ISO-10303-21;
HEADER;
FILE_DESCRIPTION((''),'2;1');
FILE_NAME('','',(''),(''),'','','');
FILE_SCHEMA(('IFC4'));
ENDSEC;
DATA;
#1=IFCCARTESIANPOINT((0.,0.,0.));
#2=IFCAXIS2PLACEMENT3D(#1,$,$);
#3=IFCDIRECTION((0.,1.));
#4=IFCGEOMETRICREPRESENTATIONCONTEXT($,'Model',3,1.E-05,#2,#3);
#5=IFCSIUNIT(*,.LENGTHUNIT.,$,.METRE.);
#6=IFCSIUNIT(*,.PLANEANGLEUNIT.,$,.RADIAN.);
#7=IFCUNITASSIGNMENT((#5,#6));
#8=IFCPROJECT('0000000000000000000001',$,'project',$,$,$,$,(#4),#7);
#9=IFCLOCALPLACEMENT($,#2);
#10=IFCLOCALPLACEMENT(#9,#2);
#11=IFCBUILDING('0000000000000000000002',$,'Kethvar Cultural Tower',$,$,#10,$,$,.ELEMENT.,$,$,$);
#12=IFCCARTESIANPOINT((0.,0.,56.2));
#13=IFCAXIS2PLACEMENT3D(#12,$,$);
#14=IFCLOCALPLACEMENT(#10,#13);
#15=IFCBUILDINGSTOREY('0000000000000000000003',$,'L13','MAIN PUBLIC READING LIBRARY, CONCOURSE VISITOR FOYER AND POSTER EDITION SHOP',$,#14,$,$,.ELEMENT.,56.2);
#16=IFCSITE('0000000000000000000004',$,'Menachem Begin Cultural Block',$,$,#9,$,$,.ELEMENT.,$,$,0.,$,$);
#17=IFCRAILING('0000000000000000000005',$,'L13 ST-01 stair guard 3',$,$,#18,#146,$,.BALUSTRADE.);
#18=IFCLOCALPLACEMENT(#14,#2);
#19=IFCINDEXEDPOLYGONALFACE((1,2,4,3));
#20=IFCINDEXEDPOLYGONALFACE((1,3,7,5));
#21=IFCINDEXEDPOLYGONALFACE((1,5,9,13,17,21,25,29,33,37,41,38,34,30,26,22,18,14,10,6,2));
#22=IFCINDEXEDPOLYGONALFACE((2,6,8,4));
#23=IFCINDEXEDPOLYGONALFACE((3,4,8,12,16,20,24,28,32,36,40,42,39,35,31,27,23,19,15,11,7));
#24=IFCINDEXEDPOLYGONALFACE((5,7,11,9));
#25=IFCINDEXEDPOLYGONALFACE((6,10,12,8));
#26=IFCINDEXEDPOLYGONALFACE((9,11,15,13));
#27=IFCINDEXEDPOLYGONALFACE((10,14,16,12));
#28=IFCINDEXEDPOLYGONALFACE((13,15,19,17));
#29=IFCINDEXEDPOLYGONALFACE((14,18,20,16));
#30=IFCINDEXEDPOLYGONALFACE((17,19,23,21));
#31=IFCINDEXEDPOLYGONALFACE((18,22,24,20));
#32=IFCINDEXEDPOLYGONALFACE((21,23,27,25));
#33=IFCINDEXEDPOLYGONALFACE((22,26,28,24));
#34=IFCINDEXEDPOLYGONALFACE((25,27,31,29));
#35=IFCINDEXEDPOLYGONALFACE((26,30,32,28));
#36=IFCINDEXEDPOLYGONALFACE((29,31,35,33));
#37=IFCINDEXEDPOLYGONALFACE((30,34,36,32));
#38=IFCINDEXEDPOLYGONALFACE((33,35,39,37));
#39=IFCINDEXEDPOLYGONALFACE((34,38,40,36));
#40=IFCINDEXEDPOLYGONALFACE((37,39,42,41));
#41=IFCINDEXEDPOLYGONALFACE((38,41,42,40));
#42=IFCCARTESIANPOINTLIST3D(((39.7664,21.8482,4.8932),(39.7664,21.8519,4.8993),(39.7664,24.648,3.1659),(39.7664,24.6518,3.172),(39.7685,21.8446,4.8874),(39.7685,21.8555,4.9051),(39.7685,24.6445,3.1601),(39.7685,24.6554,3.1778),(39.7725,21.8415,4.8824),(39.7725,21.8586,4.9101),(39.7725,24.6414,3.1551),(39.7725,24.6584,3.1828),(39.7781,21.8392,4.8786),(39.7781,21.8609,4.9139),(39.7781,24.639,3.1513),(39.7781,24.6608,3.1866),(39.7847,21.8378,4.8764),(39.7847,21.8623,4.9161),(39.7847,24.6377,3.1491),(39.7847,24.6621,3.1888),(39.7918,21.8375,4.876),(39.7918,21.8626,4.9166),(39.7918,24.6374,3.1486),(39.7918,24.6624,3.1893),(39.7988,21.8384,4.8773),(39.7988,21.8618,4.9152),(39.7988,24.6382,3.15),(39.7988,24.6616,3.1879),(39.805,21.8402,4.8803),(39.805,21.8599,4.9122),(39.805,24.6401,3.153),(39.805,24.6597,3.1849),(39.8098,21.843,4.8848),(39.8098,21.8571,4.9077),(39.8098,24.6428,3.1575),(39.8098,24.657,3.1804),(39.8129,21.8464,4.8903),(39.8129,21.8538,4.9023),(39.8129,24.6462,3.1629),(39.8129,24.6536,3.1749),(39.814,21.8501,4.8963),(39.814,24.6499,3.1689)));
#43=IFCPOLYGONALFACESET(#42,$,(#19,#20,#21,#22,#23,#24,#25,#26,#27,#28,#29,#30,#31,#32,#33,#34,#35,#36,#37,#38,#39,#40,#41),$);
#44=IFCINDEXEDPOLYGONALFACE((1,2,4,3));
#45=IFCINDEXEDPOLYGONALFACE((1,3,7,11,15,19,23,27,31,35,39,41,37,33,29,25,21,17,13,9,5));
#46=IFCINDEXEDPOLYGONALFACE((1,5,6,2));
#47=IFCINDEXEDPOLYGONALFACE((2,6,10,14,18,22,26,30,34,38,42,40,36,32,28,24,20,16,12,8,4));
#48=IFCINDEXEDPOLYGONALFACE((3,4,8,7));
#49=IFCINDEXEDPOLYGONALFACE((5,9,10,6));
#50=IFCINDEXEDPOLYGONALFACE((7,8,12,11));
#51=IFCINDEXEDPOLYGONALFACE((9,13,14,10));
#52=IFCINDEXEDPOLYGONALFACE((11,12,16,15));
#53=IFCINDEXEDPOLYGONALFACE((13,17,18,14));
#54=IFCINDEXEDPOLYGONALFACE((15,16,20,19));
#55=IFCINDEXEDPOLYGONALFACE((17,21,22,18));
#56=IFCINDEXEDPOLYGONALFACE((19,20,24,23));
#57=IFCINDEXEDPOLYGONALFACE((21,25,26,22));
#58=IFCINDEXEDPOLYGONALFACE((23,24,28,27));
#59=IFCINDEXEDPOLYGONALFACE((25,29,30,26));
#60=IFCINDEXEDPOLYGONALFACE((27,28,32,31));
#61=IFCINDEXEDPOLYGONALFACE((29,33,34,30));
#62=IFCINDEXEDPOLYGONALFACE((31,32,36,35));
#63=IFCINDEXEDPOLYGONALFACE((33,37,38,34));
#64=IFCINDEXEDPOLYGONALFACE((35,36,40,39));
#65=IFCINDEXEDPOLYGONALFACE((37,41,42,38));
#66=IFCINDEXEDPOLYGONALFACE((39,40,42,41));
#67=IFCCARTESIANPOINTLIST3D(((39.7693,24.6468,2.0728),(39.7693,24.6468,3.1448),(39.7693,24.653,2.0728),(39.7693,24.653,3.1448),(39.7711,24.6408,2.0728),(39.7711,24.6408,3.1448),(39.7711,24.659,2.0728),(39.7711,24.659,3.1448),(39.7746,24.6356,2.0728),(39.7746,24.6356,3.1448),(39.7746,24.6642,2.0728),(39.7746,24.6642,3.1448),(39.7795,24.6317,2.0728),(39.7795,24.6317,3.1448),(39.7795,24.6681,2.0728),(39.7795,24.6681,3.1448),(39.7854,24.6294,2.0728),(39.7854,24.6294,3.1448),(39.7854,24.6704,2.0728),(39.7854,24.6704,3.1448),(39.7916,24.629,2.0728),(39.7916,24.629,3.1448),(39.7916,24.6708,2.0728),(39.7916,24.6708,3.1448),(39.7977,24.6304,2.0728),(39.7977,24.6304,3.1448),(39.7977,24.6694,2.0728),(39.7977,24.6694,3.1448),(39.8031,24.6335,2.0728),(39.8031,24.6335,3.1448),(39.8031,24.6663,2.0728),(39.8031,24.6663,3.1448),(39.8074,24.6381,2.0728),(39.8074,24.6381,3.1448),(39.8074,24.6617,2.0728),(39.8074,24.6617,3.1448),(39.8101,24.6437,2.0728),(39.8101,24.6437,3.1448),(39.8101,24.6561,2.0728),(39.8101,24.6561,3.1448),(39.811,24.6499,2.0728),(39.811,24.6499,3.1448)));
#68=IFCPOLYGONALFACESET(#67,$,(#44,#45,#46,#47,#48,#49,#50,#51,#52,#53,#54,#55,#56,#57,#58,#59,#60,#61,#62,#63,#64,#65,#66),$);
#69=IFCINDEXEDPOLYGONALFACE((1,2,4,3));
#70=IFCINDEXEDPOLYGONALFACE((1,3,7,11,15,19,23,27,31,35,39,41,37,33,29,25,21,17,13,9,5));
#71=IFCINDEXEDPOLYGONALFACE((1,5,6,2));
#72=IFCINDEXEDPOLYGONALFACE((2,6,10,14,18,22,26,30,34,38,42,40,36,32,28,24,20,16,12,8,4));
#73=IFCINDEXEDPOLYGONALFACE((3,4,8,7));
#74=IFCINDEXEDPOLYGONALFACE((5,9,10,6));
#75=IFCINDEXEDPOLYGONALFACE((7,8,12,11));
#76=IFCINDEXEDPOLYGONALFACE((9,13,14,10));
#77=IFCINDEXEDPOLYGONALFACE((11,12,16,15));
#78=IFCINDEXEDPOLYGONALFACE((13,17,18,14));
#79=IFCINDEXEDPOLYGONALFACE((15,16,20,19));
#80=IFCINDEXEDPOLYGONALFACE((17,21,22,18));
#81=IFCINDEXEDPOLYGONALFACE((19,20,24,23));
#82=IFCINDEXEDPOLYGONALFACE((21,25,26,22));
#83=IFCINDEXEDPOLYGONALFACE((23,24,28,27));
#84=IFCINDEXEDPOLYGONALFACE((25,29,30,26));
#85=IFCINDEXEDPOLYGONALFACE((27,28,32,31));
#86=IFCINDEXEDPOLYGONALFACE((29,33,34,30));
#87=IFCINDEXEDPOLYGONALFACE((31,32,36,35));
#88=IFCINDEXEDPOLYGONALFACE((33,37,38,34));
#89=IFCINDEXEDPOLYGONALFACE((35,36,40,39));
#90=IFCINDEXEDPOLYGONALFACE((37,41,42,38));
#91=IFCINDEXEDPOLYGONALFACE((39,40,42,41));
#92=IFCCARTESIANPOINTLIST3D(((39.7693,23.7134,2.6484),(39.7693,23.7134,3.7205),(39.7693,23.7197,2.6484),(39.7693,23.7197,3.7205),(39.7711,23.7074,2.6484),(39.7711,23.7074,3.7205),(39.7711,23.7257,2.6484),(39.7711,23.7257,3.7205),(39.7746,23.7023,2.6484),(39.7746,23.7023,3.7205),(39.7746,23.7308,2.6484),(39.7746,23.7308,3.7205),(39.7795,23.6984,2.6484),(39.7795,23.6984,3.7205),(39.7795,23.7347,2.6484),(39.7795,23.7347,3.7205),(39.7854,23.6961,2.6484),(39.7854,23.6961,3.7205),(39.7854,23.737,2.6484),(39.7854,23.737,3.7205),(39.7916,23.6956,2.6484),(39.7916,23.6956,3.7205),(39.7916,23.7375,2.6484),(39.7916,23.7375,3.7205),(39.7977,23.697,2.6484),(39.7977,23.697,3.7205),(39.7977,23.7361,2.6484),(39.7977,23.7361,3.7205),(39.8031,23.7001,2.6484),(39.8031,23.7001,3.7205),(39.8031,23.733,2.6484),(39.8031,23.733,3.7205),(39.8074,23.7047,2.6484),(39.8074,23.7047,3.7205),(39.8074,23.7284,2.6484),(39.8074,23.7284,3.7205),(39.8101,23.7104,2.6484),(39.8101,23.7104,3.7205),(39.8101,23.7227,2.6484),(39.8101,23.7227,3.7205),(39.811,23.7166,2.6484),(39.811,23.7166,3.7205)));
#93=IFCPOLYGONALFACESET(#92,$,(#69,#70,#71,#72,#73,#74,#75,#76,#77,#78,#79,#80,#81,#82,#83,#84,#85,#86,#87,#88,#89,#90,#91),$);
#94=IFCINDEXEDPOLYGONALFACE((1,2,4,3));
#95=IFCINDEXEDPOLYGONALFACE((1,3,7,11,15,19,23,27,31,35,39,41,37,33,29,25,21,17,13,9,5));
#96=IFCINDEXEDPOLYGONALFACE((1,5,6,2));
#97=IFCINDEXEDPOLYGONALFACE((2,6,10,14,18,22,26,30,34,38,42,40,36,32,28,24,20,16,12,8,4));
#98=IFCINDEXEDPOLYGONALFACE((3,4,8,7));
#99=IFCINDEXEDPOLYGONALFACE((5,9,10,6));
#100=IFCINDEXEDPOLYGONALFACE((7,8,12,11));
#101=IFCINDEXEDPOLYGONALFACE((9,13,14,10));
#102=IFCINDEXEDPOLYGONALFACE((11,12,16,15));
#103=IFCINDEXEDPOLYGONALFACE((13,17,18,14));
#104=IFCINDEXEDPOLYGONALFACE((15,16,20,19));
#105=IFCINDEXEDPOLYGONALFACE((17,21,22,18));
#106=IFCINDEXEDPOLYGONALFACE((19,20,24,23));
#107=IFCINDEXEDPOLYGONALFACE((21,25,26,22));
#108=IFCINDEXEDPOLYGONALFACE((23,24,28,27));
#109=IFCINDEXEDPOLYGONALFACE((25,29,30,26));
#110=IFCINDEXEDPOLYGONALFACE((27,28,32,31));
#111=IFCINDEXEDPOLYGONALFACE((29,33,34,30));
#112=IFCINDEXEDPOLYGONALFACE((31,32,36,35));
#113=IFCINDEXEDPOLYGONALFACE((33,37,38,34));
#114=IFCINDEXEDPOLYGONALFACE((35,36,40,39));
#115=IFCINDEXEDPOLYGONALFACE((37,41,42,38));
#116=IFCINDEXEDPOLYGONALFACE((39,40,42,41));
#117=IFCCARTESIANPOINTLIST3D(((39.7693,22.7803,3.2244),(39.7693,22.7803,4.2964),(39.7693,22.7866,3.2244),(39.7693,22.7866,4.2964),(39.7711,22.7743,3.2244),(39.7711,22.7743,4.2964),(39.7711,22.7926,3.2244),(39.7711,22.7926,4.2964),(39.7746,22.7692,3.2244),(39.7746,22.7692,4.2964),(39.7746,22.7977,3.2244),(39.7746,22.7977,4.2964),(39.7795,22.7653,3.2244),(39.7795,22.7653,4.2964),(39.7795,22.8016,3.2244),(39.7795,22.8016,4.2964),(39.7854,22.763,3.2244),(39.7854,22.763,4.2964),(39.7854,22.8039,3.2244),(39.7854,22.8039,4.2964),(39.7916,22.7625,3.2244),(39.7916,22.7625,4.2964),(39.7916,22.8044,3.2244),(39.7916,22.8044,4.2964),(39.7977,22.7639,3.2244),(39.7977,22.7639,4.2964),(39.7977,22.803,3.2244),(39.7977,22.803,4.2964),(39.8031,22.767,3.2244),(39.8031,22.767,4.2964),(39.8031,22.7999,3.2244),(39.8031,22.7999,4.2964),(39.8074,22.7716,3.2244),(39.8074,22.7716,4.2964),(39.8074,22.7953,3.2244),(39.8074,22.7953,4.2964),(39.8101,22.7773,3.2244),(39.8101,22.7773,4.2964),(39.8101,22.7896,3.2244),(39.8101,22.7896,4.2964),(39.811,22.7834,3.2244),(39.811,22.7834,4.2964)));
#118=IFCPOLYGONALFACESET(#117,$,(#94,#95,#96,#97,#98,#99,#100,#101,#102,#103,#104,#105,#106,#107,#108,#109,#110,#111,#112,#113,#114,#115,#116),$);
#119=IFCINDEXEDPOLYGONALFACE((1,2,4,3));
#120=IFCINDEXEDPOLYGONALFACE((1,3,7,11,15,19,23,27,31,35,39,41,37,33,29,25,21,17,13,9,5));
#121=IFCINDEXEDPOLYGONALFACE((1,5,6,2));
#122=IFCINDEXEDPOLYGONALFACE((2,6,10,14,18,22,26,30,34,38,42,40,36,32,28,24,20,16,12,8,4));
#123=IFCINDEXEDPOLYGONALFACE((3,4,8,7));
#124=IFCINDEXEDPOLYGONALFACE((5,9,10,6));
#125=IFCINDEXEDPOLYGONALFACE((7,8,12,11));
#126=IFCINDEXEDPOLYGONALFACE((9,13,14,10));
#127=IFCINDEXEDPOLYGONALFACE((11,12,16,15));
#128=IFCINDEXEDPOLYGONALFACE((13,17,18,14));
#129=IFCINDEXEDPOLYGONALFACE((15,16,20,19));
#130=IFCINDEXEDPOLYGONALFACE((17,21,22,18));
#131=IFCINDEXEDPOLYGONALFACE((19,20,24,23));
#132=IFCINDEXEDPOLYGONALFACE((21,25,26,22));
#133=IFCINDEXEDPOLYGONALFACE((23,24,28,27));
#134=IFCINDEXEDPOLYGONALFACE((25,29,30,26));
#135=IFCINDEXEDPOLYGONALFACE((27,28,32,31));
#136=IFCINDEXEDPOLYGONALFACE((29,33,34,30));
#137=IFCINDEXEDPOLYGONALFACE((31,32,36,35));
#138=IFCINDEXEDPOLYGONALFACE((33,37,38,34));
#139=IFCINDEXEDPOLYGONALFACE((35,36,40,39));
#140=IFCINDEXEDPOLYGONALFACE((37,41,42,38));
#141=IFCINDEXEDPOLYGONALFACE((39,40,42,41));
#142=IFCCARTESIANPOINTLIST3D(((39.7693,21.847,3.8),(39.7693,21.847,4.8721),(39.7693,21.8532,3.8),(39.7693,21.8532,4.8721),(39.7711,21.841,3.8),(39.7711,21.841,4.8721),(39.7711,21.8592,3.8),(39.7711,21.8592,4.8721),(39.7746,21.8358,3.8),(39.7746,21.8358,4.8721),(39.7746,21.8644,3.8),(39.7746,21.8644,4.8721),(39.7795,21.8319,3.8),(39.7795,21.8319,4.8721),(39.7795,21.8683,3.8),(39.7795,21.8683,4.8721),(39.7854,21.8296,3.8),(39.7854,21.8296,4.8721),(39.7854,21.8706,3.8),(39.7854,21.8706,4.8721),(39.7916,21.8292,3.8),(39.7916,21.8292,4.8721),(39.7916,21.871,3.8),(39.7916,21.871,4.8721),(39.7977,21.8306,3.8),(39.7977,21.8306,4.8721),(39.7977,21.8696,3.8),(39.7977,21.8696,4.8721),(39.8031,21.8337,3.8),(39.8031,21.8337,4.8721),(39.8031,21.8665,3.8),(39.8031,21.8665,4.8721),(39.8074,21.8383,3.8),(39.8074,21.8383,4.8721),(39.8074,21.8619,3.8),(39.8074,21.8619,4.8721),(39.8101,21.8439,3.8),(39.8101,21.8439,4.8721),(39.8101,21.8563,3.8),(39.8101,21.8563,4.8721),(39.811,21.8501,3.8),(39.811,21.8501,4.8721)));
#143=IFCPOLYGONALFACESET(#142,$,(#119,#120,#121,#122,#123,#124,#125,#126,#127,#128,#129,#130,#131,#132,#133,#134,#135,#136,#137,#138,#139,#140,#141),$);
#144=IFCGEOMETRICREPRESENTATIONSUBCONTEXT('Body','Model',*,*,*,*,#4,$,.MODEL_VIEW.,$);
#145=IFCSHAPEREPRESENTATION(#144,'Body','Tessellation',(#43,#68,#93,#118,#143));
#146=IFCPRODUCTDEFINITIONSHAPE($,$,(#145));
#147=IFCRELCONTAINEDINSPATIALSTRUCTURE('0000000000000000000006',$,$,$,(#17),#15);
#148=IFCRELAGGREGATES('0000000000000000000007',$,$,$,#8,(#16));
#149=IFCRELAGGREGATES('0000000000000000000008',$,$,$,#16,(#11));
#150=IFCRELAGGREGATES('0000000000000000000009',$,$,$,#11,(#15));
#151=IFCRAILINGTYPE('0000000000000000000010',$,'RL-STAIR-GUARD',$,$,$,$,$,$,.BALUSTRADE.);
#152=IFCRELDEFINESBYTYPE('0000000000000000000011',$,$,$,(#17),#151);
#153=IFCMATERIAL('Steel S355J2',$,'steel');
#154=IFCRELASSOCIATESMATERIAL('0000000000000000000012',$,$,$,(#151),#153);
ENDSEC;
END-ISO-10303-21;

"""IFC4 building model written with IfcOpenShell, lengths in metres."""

from ifc_helpers import new_model, si_unit, direction, frame, origin, origin_2d, place, context, subcontext, project, spatial, circle, extrude, material, type_object, element, save


model = new_model("IFC4")

# Units and contexts
model_context = context("Model", 3, precision=1e-05, world=origin(), true_north=direction((0.0, 1.0)))
body_context = subcontext(model_context, "Body", "Model", "MODEL_VIEW")
ifc_project = project(units=[si_unit("LENGTHUNIT", "METRE"), si_unit("PLANEANGLEUNIT", "RADIAN")], contexts=[model_context])

# Site, building, storey
site_placement = place(None, origin())
site = spatial("IfcSite", under=ifc_project, at=site_placement, Name="Menachem Begin Cultural Block", CompositionType="ELEMENT", RefElevation=0.0)
building_placement = place(site_placement, origin())
building = spatial("IfcBuilding", under=site, at=building_placement, Name="Kethvar Cultural Tower", CompositionType="ELEMENT")
storey_placement = place(building_placement, frame((0.0, 0.0, 56.2)))
storey = spatial("IfcBuildingStorey", under=building, at=storey_placement, Name="L13", Description="MAIN PUBLIC READING LIBRARY, CONCOURSE VISITOR FOYER AND POSTER EDITION SHOP", CompositionType="ELEMENT", Elevation=56.2)

# Shared definitions
ifc_material_1 = material(Name="Steel S355J2", Category="steel")

# Railing
railing_type_1 = type_object("IfcRailingType", Name="RL-STAIR-GUARD", PredefinedType="BALUSTRADE", material=ifc_material_1)
railing_1_placement = place(storey_placement, frame((39.79, 24.6499, 2.0728)))
element("IfcRailing", 1, at=railing_1_placement, inside=storey, type_object=railing_type_1, Name="L13 ST-01 stair guard 3", PredefinedType="BALUSTRADE", context=body_context, shape_type="SweptSolid", body=[
    extrude(circle(Radius=0.0239, at=origin_2d()), frame((0.0, 0.0, 1.0962), z_axis=(0.0, -0.851069, 0.525054), x_axis=(1.0, 0.0, 0.0)), (0.0, 0.0, 1.0), 3.2898),
    extrude(circle(Radius=0.021, at=origin_2d()), origin(), (0.0, 0.0, 1.0), 1.072),
    extrude(circle(Radius=0.021, at=origin_2d()), frame((0.0, -0.9333, 0.5757)), (0.0, 0.0, 1.0), 1.072),
    extrude(circle(Radius=0.021, at=origin_2d()), frame((0.0, -1.8665, 1.1516)), (0.0, 0.0, 1.0), 1.072),
    extrude(circle(Radius=0.021, at=origin_2d()), frame((0.0, -2.7998, 1.7273)), (0.0, 0.0, 1.0), 1.072),
])

save(model, "model.ifc")
